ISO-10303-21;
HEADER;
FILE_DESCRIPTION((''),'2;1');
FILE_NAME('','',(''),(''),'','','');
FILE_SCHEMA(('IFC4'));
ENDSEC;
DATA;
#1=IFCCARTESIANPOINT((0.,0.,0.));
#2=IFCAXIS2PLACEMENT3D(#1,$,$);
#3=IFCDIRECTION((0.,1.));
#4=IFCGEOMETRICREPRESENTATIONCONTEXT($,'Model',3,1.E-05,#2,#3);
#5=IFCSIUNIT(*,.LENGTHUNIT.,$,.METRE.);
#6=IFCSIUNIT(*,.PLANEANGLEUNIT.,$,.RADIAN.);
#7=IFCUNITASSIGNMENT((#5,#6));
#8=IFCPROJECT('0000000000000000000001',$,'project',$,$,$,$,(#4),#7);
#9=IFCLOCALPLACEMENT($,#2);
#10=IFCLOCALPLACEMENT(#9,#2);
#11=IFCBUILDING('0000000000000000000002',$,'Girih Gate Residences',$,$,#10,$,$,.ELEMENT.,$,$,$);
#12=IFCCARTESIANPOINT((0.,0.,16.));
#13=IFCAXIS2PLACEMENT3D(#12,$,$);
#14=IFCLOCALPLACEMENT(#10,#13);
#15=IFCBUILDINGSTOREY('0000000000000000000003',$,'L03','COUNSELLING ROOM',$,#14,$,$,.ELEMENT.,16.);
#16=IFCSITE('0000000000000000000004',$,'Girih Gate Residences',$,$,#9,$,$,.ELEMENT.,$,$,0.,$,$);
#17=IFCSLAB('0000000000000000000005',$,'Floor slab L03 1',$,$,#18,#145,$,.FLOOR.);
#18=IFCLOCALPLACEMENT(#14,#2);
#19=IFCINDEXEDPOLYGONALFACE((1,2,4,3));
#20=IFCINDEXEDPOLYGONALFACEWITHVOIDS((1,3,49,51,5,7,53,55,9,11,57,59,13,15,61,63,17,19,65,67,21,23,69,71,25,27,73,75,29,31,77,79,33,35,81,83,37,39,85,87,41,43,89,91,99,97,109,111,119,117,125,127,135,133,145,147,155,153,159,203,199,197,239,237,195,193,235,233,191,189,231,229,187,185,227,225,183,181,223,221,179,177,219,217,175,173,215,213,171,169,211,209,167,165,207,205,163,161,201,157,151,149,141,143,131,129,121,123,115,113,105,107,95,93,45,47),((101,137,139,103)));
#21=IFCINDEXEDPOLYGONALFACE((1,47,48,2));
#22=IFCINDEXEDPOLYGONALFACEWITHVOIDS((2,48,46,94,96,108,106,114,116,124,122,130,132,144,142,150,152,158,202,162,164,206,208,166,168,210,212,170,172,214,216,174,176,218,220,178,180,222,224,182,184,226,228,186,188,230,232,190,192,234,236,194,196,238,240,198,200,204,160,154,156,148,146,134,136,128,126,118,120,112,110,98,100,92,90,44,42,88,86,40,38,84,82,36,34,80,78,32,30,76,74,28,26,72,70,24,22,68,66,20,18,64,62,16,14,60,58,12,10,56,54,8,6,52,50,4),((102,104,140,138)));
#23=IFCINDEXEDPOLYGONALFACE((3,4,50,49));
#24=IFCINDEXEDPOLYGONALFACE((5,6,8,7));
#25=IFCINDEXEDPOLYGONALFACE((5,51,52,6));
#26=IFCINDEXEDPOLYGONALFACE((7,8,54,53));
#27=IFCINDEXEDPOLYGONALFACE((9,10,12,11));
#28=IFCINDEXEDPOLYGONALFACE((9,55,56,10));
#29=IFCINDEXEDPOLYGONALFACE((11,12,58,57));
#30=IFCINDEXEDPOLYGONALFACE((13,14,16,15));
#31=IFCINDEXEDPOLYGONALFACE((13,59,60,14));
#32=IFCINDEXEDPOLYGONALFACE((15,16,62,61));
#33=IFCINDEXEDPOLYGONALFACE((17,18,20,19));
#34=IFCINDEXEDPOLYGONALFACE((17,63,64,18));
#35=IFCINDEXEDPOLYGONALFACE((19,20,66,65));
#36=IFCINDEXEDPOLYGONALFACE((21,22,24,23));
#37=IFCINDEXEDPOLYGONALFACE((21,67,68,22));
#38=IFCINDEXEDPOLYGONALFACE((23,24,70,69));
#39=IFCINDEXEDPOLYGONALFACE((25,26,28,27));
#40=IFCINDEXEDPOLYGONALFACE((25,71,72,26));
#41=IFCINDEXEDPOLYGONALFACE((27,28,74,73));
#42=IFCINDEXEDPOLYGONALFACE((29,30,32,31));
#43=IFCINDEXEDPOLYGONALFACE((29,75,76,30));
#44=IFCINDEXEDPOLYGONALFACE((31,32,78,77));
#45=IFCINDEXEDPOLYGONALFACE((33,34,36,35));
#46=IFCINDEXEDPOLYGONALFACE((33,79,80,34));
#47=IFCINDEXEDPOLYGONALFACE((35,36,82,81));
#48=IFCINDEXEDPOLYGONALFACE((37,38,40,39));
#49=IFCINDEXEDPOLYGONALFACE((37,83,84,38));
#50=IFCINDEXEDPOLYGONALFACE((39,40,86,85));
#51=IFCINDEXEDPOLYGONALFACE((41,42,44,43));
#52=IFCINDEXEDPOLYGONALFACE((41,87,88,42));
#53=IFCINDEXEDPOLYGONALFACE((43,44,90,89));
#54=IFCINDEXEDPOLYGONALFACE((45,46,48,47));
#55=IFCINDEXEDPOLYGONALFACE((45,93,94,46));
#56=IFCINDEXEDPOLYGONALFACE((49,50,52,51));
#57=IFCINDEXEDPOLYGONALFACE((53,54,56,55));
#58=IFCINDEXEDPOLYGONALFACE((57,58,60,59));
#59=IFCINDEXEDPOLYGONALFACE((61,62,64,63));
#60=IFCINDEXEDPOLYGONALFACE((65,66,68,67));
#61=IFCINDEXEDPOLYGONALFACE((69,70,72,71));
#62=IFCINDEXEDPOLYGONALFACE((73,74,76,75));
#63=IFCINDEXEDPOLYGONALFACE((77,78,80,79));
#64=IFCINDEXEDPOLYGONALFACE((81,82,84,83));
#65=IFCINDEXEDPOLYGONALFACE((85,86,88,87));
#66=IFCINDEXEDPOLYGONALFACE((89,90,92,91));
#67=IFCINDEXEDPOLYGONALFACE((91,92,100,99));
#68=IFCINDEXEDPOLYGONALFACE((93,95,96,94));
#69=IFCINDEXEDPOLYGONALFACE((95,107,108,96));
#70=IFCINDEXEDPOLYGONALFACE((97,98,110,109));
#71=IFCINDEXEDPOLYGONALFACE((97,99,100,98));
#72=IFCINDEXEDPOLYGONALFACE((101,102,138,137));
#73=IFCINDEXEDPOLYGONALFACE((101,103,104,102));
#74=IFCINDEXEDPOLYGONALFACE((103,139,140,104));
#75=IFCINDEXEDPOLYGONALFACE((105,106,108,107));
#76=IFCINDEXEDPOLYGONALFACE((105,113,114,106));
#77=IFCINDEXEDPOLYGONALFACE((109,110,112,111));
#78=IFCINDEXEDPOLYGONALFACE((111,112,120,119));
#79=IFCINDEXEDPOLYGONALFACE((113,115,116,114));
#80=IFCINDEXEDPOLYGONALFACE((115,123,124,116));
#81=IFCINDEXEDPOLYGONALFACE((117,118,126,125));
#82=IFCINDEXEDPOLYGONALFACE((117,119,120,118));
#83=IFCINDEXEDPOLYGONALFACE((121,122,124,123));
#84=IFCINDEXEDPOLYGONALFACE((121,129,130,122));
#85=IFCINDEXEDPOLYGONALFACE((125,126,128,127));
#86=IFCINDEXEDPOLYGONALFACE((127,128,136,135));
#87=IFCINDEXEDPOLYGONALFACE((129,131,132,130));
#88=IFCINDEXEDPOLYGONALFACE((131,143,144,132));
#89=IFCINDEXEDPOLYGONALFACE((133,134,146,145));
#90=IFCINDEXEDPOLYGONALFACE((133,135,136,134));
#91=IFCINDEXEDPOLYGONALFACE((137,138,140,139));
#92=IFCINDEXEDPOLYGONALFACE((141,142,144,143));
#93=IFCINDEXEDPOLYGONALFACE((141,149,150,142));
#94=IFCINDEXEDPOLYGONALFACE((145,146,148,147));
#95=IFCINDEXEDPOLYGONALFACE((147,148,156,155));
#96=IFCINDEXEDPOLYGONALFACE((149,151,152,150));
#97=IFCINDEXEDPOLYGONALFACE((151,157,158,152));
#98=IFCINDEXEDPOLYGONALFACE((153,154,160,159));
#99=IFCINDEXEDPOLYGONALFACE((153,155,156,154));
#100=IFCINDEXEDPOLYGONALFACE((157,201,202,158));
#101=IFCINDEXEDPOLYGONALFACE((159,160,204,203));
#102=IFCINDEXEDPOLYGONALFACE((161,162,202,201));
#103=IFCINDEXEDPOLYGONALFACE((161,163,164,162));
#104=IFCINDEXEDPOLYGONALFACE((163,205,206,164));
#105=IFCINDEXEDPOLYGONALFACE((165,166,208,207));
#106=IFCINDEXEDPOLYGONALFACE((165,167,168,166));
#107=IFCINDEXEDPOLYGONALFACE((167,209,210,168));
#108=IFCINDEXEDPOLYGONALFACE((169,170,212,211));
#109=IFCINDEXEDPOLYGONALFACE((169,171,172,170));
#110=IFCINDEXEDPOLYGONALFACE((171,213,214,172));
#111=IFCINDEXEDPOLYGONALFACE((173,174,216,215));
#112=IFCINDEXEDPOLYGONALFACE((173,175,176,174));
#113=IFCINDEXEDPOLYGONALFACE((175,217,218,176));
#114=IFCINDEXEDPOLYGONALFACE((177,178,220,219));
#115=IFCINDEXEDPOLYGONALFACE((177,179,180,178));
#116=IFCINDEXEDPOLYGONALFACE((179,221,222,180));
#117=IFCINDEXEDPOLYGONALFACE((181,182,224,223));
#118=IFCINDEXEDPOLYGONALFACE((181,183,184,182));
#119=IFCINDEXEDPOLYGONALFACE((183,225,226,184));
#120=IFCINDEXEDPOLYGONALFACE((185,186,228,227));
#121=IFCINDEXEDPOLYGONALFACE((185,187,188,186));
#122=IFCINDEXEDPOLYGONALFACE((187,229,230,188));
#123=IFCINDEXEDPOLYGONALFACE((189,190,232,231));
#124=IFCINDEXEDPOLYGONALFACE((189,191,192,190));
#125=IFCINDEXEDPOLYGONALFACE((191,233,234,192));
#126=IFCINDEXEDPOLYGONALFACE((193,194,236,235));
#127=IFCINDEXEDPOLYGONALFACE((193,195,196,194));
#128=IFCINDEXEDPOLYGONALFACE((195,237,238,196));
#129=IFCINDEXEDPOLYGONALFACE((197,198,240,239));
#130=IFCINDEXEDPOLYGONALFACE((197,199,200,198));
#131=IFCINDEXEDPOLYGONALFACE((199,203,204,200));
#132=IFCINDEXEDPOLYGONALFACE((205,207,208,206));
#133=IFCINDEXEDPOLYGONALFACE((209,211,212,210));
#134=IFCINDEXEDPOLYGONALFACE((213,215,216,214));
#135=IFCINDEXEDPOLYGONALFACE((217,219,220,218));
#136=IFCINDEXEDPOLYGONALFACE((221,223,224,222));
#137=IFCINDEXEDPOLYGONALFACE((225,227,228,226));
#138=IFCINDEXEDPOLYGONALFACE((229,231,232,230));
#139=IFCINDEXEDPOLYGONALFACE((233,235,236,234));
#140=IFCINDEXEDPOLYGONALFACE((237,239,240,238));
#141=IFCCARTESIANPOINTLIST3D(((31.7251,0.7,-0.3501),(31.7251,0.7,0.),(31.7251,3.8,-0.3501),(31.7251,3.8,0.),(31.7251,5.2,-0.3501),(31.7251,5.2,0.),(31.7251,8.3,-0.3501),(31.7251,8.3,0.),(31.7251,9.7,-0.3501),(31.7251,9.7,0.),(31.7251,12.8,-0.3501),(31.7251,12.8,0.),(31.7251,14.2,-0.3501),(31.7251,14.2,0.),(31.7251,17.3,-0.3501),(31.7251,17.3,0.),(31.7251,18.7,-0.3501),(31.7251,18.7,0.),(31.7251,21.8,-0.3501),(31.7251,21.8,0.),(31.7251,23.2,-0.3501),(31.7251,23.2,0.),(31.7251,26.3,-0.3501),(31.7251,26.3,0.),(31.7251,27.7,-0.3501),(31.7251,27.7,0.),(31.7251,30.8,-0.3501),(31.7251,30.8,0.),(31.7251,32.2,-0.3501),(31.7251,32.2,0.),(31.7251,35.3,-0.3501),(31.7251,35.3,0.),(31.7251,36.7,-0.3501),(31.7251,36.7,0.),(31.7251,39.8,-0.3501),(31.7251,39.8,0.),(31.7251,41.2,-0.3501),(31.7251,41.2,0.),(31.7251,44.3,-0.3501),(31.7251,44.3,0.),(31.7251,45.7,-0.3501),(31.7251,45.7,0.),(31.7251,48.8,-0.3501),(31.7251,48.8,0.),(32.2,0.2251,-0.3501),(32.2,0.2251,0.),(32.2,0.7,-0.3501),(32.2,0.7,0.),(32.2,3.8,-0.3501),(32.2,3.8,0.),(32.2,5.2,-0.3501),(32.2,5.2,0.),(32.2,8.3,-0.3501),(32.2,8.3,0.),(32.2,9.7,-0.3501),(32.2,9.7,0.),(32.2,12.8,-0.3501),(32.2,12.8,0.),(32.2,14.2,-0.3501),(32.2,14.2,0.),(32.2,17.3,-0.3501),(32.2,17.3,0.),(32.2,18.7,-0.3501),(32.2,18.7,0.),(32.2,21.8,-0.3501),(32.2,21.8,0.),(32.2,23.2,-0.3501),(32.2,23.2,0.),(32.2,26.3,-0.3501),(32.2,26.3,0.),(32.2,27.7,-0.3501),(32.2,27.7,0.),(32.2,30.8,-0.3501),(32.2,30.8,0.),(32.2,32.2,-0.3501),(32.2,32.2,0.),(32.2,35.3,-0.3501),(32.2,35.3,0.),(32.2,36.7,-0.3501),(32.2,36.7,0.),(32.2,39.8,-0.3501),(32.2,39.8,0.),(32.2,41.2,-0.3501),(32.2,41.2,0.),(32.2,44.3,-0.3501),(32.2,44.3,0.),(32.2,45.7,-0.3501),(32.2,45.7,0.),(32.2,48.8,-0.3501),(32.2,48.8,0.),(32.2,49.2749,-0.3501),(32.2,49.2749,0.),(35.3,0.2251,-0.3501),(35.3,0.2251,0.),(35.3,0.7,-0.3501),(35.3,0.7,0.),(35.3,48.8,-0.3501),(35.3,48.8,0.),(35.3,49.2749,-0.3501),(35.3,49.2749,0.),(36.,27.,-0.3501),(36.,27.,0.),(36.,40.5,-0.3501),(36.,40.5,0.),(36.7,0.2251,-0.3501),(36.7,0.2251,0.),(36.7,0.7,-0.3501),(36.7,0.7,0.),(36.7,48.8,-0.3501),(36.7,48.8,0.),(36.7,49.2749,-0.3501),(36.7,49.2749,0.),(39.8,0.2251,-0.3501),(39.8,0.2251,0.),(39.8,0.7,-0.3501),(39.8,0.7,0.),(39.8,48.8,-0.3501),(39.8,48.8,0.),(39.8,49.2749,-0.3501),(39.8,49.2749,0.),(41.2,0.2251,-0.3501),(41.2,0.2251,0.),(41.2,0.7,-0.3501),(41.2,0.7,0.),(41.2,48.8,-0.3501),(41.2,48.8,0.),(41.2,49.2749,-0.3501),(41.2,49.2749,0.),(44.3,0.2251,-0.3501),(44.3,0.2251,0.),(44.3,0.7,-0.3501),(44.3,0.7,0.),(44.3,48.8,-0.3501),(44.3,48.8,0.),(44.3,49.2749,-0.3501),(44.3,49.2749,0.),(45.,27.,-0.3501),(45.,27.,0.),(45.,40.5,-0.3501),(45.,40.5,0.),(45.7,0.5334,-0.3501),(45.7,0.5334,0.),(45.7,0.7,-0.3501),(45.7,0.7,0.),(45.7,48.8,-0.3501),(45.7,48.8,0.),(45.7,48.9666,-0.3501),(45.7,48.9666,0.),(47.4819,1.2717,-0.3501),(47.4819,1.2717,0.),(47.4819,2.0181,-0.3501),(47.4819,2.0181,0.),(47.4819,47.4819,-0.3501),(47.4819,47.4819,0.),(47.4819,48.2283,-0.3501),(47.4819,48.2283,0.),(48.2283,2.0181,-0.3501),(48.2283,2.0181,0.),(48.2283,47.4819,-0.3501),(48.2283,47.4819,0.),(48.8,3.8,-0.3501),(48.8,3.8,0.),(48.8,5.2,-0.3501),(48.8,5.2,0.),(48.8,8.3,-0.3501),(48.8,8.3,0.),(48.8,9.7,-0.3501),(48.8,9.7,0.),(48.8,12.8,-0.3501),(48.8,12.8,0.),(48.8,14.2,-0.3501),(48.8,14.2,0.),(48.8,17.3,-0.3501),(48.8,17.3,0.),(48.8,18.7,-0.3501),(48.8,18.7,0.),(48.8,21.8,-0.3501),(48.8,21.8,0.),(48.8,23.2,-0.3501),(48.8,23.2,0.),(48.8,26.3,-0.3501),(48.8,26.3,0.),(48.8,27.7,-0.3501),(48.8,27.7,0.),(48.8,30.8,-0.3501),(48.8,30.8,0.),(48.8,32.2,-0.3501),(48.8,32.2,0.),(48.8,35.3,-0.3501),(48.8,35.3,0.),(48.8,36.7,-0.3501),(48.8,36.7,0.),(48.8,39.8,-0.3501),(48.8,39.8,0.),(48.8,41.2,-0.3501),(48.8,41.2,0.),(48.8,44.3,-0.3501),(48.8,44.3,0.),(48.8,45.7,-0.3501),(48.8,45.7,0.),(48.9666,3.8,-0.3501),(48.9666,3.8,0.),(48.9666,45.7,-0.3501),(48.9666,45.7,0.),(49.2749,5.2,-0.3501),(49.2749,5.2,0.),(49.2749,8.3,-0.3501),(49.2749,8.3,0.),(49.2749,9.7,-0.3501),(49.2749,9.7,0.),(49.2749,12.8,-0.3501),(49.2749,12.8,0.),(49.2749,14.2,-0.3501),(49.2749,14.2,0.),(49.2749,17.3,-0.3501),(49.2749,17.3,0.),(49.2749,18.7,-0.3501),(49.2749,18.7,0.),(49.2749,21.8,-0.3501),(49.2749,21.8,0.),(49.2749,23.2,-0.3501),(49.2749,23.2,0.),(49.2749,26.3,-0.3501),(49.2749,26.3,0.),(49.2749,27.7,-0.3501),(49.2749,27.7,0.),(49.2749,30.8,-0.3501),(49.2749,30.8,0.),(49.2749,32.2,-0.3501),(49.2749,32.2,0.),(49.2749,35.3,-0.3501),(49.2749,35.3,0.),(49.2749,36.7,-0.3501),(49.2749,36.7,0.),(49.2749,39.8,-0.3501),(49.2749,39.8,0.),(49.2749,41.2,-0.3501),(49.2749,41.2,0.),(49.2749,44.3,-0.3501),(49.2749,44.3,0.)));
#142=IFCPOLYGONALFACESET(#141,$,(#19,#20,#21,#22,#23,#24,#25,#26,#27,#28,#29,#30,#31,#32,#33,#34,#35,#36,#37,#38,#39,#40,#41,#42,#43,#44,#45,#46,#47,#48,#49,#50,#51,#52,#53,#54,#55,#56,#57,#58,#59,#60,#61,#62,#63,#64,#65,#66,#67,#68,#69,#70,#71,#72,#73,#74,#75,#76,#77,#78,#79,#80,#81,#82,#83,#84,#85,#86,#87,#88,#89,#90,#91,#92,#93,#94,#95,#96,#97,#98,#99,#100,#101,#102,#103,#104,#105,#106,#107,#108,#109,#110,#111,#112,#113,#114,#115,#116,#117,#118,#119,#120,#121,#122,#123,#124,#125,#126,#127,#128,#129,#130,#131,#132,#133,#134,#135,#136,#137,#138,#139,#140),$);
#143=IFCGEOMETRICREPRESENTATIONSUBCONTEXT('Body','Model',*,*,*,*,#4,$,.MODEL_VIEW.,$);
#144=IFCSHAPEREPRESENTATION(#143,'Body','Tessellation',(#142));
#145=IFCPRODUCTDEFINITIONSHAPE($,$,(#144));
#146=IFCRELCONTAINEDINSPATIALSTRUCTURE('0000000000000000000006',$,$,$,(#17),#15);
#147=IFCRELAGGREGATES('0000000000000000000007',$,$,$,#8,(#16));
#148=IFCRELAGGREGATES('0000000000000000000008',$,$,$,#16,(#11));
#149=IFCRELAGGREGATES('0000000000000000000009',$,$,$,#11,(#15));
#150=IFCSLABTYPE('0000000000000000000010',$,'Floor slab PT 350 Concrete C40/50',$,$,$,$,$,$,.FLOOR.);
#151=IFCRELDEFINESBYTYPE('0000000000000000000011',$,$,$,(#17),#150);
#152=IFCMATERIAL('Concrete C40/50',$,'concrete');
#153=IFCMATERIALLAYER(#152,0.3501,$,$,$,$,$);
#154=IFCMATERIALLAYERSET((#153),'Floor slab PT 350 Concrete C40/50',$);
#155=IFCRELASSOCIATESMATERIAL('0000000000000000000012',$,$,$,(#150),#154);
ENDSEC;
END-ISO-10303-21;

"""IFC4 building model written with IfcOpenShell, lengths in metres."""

from ifc_helpers import new_model, si_unit, direction, frame, origin, place, context, subcontext, project, spatial, polyline, outline, extrude, material, layer, layer_set, type_object, element, save


model = new_model("IFC4")

# Units and contexts
model_context = context("Model", 3, precision=1e-05, world=origin(), true_north=direction((0.0, 1.0)))
body_context = subcontext(model_context, "Body", "Model", "MODEL_VIEW")
ifc_project = project(units=[si_unit("LENGTHUNIT", "METRE"), si_unit("PLANEANGLEUNIT", "RADIAN")], contexts=[model_context])

# Site, building, storey
site_placement = place(None, origin())
site = spatial("IfcSite", under=ifc_project, at=site_placement, Name="Girih Gate Residences", CompositionType="ELEMENT", RefElevation=0.0)
building_placement = place(site_placement, origin())
building = spatial("IfcBuilding", under=site, at=building_placement, Name="Girih Gate Residences", CompositionType="ELEMENT")
storey_placement = place(building_placement, frame((0.0, 0.0, 16.0)))
storey = spatial("IfcBuildingStorey", under=building, at=storey_placement, Name="L03", Description="COUNSELLING ROOM", CompositionType="ELEMENT", Elevation=16.0)

# Slab
ifc_material_1 = material(Name="Concrete C40/50", Category="concrete")
ifc_layer_1 = layer(ifc_material_1, 0.3501)
ifc_layer_set_1 = layer_set([ifc_layer_1], Name="Floor slab PT 350 Concrete C40/50")
slab_type_1 = type_object("IfcSlabType", Name="Floor slab PT 350 Concrete C40/50", PredefinedType="FLOOR", material=ifc_layer_set_1)
slab_1_placement = place(storey_placement, frame((0.0, 0.0, -0.3501)))
element("IfcSlab", 1, at=slab_1_placement, inside=storey, type_object=slab_type_1, Name="Floor slab L03 1", PredefinedType="FLOOR", context=body_context, shape_type="SweptSolid", body=[
    extrude(outline(polyline([(35.3, 49.2749), (32.2, 49.2749), (32.2, 48.8), (31.7251, 48.8), (31.7251, 45.7), (32.2, 45.7), (32.2, 44.3), (31.7251, 44.3), (31.7251, 41.2), (32.2, 41.2), (32.2, 39.8), (31.7251, 39.8), (31.7251, 36.7), (32.2, 36.7), (32.2, 35.3), (31.7251, 35.3), (31.7251, 32.2), (32.2, 32.2), (32.2, 30.8), (31.7251, 30.8), (31.7251, 27.7), (32.2, 27.7), (32.2, 26.3), (31.7251, 26.3), (31.7251, 23.2), (32.2, 23.2), (32.2, 21.8), (31.7251, 21.8), (31.7251, 18.7), (32.2, 18.7), (32.2, 17.3), (31.7251, 17.3), (31.7251, 14.2), (32.2, 14.2), (32.2, 12.8), (31.7251, 12.8), (31.7251, 9.7), (32.2, 9.7), (32.2, 8.3), (31.7251, 8.3), (31.7251, 5.2), (32.2, 5.2), (32.2, 3.8), (31.7251, 3.8), (31.7251, 0.7), (32.2, 0.7), (32.2, 0.2251), (35.3, 0.2251), (35.3, 0.7), (36.7, 0.7), (36.7, 0.2251), (39.8, 0.2251), (39.8, 0.7), (41.2, 0.7), (41.2, 0.2251), (44.3, 0.2251), (44.3, 0.7), (45.7, 0.7), (45.7, 0.5334), (47.4819, 1.2717), (47.4819, 2.0181), (48.2283, 2.0181), (48.9666, 3.8), (48.8, 3.8), (48.8, 5.2), (49.2749, 5.2), (49.2749, 8.3), (48.8, 8.3), (48.8, 9.7), (49.2749, 9.7), (49.2749, 12.8), (48.8, 12.8), (48.8, 14.2), (49.2749, 14.2), (49.2749, 17.3), (48.8, 17.3), (48.8, 18.7), (49.2749, 18.7), (49.2749, 21.8), (48.8, 21.8), (48.8, 23.2), (49.2749, 23.2), (49.2749, 26.3), (48.8, 26.3), (48.8, 27.7), (49.2749, 27.7), (49.2749, 30.8), (48.8, 30.8), (48.8, 32.2), (49.2749, 32.2), (49.2749, 35.3), (48.8, 35.3), (48.8, 36.7), (49.2749, 36.7), (49.2749, 39.8), (48.8, 39.8), (48.8, 41.2), (49.2749, 41.2), (49.2749, 44.3), (48.8, 44.3), (48.8, 45.7), (48.9666, 45.7), (48.2283, 47.4819), (47.4819, 47.4819), (47.4819, 48.2283), (45.7, 48.9666), (45.7, 48.8), (44.3, 48.8), (44.3, 49.2749), (41.2, 49.2749), (41.2, 48.8), (39.8, 48.8), (39.8, 49.2749), (36.7, 49.2749), (36.7, 48.8), (35.3, 48.8), (35.3, 49.2749)]), holes=[polyline([(45.0, 40.5), (45.0, 27.0), (36.0, 27.0), (36.0, 40.5), (45.0, 40.5)])]), origin(), (0.0, 0.0, 1.0), 0.3501),
])

save(model, "model.ifc")
